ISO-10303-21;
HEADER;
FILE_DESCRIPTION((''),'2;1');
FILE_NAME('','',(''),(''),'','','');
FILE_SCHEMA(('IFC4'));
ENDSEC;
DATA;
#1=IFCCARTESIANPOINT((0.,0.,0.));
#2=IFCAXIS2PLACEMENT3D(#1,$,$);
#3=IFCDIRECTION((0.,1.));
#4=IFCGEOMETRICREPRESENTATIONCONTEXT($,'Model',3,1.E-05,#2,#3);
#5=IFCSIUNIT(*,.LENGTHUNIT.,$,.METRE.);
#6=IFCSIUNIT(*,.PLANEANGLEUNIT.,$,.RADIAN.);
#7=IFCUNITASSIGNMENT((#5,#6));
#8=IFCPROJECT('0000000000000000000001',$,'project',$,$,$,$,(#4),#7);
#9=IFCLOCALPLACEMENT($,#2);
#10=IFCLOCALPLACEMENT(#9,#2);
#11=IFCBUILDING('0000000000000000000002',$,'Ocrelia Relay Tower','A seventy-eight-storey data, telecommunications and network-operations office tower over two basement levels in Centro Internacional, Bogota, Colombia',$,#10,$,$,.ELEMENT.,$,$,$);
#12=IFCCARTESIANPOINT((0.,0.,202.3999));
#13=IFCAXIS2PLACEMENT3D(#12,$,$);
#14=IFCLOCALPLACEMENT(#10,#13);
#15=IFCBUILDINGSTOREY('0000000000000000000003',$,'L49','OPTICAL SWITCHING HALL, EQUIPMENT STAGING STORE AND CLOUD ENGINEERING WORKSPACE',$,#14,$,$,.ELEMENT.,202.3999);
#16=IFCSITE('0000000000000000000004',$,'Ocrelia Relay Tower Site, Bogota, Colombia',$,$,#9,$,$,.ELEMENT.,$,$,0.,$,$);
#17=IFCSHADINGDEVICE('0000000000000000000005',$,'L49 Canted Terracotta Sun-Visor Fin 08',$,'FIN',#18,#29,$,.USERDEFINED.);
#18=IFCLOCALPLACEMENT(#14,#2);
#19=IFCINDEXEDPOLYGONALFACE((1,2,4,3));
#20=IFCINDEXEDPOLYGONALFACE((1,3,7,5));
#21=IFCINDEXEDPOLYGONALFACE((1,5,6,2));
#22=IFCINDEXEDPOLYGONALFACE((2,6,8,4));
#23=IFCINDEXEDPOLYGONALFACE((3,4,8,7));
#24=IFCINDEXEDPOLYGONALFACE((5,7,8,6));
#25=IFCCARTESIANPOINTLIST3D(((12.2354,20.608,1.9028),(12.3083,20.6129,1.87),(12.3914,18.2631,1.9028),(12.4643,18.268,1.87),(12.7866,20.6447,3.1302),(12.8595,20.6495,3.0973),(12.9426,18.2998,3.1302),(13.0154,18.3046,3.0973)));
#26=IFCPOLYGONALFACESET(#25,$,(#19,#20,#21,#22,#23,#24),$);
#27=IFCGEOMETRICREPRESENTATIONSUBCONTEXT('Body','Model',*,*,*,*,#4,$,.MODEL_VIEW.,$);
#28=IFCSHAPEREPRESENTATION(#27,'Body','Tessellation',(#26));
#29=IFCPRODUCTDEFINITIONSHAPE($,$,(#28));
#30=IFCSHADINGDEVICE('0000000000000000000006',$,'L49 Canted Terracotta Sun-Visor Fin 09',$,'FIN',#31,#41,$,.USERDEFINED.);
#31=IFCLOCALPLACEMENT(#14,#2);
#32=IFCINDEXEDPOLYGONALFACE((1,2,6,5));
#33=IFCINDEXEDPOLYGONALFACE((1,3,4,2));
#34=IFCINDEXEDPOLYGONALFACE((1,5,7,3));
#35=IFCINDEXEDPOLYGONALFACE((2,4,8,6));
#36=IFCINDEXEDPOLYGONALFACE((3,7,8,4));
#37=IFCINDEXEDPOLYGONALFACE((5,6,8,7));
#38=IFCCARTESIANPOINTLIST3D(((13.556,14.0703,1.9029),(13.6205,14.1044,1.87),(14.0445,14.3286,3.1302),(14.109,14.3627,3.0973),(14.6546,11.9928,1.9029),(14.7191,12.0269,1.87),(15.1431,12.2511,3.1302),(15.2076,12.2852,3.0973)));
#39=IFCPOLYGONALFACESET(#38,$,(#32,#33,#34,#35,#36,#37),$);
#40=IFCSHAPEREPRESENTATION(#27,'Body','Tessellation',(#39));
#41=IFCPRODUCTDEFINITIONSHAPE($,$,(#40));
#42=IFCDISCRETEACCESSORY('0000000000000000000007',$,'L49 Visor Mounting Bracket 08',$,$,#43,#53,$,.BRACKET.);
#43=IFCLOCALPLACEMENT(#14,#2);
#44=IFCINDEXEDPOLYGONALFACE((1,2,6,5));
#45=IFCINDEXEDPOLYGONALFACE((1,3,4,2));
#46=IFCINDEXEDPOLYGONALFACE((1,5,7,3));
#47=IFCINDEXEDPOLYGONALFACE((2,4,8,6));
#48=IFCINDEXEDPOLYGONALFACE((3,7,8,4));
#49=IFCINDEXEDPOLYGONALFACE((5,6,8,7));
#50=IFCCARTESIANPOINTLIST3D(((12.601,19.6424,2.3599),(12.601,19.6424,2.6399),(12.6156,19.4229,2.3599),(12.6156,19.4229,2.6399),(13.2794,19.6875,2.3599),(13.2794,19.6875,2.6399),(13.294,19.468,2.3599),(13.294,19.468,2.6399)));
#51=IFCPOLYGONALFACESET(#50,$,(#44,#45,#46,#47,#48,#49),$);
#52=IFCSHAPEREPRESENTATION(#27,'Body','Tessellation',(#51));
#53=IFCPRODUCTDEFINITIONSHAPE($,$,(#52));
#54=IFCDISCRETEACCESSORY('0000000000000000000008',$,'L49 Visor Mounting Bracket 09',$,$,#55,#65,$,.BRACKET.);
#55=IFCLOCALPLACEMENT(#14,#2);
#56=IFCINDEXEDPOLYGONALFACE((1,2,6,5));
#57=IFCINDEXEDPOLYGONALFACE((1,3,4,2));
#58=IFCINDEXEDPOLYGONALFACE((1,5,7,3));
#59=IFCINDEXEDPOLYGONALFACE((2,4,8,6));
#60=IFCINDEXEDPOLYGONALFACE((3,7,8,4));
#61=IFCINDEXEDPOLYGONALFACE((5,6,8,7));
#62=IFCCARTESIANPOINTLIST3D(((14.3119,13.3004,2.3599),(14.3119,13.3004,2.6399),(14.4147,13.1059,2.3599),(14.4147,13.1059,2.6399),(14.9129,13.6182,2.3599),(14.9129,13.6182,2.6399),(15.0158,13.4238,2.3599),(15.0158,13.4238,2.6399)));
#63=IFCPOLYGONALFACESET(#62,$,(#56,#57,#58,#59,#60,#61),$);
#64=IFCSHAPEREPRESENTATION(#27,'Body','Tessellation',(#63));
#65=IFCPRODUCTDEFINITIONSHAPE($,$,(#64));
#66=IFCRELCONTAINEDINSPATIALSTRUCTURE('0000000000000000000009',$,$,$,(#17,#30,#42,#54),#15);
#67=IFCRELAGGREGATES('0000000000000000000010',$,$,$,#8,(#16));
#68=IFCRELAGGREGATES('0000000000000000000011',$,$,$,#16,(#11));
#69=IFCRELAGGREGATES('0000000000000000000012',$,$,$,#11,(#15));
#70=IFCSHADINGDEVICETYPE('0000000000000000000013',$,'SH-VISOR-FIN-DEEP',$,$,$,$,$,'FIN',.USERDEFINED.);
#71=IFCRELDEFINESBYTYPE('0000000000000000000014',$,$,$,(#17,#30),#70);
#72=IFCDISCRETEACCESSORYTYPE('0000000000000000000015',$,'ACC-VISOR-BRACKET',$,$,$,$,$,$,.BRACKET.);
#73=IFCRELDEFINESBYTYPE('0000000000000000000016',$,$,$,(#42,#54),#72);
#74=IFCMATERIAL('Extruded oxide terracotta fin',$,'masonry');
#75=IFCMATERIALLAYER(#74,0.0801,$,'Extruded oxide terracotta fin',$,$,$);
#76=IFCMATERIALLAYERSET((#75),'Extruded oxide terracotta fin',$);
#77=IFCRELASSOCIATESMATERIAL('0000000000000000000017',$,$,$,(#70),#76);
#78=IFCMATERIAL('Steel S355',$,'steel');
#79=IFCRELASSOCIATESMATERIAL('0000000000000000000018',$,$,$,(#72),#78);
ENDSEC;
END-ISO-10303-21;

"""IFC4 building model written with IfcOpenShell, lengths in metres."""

from ifc_helpers import new_model, si_unit, direction, frame, origin, origin_2d, place, context, subcontext, project, spatial, rectangle, extrude, material, layer, layer_set, type_object, element, save


model = new_model("IFC4")

# Units and contexts
model_context = context("Model", 3, precision=1e-05, world=origin(), true_north=direction((0.0, 1.0)))
body_context = subcontext(model_context, "Body", "Model", "MODEL_VIEW")
ifc_project = project(units=[si_unit("LENGTHUNIT", "METRE"), si_unit("PLANEANGLEUNIT", "RADIAN")], contexts=[model_context])

# Site, building, storey
site_placement = place(None, origin())
site = spatial("IfcSite", under=ifc_project, at=site_placement, Name="Ocrelia Relay Tower Site, Bogota, Colombia", CompositionType="ELEMENT", RefElevation=0.0)
building_placement = place(site_placement, origin())
building = spatial("IfcBuilding", under=site, at=building_placement, Name="Ocrelia Relay Tower", Description="A seventy-eight-storey data, telecommunications and network-operations office tower over two basement levels in Centro Internacional, Bogota, Colombia", CompositionType="ELEMENT")
storey_placement = place(building_placement, frame((0.0, 0.0, 202.3999)))
storey = spatial("IfcBuildingStorey", under=building, at=storey_placement, Name="L49", Description="OPTICAL SWITCHING HALL, EQUIPMENT STAGING STORE AND CLOUD ENGINEERING WORKSPACE", CompositionType="ELEMENT", Elevation=202.3999)

# Shading devices
ifc_material_1 = material(Name="Extruded oxide terracotta fin", Category="masonry")
ifc_layer_1 = layer(ifc_material_1, 0.0801, Name="Extruded oxide terracotta fin")
ifc_layer_set_1 = layer_set([ifc_layer_1], Name="Extruded oxide terracotta fin")
shading_device_type = type_object("IfcShadingDeviceType", Name="SH-VISOR-FIN-DEEP", ElementType="FIN", PredefinedType="USERDEFINED", material=ifc_layer_set_1)
for number, where, z_axis, x_axis, name in (
    (1, (12.6619, 19.4587, 2.4836), (-0.909894, -0.060527, 0.410401), (0.066374, -0.997795, 0.0), "L49 Canted Terracotta Sun-Visor Fin 08"),
    (2, (14.4141, 13.1948, 2.4836), (-0.806069, -0.426256, 0.41056), (0.467471, -0.884008, 0.0), "L49 Canted Terracotta Sun-Visor Fin 09"),
):
    element("IfcShadingDevice", number, at=place(storey_placement, frame(where, z_axis=z_axis, x_axis=x_axis)), inside=storey, type_object=shading_device_type, Name=name, ObjectType="FIN", PredefinedType="USERDEFINED", context=body_context, shape_type="SweptSolid", body=[
        extrude(rectangle(XDim=2.3501, YDim=1.3459, at=origin_2d()), origin(), (0.0, 0.0, 1.0), 0.0801),
    ])

# Discrete accessories
ifc_material_2 = material(Name="Steel S355", Category="steel")
discrete_accessory_type = type_object("IfcDiscreteAccessoryType", Name="ACC-VISOR-BRACKET", PredefinedType="BRACKET", material=ifc_material_2)
for number, where, z_axis, x_axis, name in (
    (3, (12.9475, 19.5552, 2.3599), (0.0, 0.0, 1.0), (0.066374, -0.997795, 0.0), "L49 Visor Mounting Bracket 08"),
    (4, (14.6638, 13.3621, 2.3599), (0.0, 0.0, 1.0), (0.467471, -0.884008, 0.0), "L49 Visor Mounting Bracket 09"),
):
    element("IfcDiscreteAccessory", number, at=place(storey_placement, frame(where, z_axis=z_axis, x_axis=x_axis)), inside=storey, type_object=discrete_accessory_type, Name=name, PredefinedType="BRACKET", context=body_context, shape_type="SweptSolid", body=[
        extrude(rectangle(XDim=0.22, YDim=0.6799, at=origin_2d()), origin(), (0.0, 0.0, 1.0), 0.28),
    ])

save(model, "model.ifc")
